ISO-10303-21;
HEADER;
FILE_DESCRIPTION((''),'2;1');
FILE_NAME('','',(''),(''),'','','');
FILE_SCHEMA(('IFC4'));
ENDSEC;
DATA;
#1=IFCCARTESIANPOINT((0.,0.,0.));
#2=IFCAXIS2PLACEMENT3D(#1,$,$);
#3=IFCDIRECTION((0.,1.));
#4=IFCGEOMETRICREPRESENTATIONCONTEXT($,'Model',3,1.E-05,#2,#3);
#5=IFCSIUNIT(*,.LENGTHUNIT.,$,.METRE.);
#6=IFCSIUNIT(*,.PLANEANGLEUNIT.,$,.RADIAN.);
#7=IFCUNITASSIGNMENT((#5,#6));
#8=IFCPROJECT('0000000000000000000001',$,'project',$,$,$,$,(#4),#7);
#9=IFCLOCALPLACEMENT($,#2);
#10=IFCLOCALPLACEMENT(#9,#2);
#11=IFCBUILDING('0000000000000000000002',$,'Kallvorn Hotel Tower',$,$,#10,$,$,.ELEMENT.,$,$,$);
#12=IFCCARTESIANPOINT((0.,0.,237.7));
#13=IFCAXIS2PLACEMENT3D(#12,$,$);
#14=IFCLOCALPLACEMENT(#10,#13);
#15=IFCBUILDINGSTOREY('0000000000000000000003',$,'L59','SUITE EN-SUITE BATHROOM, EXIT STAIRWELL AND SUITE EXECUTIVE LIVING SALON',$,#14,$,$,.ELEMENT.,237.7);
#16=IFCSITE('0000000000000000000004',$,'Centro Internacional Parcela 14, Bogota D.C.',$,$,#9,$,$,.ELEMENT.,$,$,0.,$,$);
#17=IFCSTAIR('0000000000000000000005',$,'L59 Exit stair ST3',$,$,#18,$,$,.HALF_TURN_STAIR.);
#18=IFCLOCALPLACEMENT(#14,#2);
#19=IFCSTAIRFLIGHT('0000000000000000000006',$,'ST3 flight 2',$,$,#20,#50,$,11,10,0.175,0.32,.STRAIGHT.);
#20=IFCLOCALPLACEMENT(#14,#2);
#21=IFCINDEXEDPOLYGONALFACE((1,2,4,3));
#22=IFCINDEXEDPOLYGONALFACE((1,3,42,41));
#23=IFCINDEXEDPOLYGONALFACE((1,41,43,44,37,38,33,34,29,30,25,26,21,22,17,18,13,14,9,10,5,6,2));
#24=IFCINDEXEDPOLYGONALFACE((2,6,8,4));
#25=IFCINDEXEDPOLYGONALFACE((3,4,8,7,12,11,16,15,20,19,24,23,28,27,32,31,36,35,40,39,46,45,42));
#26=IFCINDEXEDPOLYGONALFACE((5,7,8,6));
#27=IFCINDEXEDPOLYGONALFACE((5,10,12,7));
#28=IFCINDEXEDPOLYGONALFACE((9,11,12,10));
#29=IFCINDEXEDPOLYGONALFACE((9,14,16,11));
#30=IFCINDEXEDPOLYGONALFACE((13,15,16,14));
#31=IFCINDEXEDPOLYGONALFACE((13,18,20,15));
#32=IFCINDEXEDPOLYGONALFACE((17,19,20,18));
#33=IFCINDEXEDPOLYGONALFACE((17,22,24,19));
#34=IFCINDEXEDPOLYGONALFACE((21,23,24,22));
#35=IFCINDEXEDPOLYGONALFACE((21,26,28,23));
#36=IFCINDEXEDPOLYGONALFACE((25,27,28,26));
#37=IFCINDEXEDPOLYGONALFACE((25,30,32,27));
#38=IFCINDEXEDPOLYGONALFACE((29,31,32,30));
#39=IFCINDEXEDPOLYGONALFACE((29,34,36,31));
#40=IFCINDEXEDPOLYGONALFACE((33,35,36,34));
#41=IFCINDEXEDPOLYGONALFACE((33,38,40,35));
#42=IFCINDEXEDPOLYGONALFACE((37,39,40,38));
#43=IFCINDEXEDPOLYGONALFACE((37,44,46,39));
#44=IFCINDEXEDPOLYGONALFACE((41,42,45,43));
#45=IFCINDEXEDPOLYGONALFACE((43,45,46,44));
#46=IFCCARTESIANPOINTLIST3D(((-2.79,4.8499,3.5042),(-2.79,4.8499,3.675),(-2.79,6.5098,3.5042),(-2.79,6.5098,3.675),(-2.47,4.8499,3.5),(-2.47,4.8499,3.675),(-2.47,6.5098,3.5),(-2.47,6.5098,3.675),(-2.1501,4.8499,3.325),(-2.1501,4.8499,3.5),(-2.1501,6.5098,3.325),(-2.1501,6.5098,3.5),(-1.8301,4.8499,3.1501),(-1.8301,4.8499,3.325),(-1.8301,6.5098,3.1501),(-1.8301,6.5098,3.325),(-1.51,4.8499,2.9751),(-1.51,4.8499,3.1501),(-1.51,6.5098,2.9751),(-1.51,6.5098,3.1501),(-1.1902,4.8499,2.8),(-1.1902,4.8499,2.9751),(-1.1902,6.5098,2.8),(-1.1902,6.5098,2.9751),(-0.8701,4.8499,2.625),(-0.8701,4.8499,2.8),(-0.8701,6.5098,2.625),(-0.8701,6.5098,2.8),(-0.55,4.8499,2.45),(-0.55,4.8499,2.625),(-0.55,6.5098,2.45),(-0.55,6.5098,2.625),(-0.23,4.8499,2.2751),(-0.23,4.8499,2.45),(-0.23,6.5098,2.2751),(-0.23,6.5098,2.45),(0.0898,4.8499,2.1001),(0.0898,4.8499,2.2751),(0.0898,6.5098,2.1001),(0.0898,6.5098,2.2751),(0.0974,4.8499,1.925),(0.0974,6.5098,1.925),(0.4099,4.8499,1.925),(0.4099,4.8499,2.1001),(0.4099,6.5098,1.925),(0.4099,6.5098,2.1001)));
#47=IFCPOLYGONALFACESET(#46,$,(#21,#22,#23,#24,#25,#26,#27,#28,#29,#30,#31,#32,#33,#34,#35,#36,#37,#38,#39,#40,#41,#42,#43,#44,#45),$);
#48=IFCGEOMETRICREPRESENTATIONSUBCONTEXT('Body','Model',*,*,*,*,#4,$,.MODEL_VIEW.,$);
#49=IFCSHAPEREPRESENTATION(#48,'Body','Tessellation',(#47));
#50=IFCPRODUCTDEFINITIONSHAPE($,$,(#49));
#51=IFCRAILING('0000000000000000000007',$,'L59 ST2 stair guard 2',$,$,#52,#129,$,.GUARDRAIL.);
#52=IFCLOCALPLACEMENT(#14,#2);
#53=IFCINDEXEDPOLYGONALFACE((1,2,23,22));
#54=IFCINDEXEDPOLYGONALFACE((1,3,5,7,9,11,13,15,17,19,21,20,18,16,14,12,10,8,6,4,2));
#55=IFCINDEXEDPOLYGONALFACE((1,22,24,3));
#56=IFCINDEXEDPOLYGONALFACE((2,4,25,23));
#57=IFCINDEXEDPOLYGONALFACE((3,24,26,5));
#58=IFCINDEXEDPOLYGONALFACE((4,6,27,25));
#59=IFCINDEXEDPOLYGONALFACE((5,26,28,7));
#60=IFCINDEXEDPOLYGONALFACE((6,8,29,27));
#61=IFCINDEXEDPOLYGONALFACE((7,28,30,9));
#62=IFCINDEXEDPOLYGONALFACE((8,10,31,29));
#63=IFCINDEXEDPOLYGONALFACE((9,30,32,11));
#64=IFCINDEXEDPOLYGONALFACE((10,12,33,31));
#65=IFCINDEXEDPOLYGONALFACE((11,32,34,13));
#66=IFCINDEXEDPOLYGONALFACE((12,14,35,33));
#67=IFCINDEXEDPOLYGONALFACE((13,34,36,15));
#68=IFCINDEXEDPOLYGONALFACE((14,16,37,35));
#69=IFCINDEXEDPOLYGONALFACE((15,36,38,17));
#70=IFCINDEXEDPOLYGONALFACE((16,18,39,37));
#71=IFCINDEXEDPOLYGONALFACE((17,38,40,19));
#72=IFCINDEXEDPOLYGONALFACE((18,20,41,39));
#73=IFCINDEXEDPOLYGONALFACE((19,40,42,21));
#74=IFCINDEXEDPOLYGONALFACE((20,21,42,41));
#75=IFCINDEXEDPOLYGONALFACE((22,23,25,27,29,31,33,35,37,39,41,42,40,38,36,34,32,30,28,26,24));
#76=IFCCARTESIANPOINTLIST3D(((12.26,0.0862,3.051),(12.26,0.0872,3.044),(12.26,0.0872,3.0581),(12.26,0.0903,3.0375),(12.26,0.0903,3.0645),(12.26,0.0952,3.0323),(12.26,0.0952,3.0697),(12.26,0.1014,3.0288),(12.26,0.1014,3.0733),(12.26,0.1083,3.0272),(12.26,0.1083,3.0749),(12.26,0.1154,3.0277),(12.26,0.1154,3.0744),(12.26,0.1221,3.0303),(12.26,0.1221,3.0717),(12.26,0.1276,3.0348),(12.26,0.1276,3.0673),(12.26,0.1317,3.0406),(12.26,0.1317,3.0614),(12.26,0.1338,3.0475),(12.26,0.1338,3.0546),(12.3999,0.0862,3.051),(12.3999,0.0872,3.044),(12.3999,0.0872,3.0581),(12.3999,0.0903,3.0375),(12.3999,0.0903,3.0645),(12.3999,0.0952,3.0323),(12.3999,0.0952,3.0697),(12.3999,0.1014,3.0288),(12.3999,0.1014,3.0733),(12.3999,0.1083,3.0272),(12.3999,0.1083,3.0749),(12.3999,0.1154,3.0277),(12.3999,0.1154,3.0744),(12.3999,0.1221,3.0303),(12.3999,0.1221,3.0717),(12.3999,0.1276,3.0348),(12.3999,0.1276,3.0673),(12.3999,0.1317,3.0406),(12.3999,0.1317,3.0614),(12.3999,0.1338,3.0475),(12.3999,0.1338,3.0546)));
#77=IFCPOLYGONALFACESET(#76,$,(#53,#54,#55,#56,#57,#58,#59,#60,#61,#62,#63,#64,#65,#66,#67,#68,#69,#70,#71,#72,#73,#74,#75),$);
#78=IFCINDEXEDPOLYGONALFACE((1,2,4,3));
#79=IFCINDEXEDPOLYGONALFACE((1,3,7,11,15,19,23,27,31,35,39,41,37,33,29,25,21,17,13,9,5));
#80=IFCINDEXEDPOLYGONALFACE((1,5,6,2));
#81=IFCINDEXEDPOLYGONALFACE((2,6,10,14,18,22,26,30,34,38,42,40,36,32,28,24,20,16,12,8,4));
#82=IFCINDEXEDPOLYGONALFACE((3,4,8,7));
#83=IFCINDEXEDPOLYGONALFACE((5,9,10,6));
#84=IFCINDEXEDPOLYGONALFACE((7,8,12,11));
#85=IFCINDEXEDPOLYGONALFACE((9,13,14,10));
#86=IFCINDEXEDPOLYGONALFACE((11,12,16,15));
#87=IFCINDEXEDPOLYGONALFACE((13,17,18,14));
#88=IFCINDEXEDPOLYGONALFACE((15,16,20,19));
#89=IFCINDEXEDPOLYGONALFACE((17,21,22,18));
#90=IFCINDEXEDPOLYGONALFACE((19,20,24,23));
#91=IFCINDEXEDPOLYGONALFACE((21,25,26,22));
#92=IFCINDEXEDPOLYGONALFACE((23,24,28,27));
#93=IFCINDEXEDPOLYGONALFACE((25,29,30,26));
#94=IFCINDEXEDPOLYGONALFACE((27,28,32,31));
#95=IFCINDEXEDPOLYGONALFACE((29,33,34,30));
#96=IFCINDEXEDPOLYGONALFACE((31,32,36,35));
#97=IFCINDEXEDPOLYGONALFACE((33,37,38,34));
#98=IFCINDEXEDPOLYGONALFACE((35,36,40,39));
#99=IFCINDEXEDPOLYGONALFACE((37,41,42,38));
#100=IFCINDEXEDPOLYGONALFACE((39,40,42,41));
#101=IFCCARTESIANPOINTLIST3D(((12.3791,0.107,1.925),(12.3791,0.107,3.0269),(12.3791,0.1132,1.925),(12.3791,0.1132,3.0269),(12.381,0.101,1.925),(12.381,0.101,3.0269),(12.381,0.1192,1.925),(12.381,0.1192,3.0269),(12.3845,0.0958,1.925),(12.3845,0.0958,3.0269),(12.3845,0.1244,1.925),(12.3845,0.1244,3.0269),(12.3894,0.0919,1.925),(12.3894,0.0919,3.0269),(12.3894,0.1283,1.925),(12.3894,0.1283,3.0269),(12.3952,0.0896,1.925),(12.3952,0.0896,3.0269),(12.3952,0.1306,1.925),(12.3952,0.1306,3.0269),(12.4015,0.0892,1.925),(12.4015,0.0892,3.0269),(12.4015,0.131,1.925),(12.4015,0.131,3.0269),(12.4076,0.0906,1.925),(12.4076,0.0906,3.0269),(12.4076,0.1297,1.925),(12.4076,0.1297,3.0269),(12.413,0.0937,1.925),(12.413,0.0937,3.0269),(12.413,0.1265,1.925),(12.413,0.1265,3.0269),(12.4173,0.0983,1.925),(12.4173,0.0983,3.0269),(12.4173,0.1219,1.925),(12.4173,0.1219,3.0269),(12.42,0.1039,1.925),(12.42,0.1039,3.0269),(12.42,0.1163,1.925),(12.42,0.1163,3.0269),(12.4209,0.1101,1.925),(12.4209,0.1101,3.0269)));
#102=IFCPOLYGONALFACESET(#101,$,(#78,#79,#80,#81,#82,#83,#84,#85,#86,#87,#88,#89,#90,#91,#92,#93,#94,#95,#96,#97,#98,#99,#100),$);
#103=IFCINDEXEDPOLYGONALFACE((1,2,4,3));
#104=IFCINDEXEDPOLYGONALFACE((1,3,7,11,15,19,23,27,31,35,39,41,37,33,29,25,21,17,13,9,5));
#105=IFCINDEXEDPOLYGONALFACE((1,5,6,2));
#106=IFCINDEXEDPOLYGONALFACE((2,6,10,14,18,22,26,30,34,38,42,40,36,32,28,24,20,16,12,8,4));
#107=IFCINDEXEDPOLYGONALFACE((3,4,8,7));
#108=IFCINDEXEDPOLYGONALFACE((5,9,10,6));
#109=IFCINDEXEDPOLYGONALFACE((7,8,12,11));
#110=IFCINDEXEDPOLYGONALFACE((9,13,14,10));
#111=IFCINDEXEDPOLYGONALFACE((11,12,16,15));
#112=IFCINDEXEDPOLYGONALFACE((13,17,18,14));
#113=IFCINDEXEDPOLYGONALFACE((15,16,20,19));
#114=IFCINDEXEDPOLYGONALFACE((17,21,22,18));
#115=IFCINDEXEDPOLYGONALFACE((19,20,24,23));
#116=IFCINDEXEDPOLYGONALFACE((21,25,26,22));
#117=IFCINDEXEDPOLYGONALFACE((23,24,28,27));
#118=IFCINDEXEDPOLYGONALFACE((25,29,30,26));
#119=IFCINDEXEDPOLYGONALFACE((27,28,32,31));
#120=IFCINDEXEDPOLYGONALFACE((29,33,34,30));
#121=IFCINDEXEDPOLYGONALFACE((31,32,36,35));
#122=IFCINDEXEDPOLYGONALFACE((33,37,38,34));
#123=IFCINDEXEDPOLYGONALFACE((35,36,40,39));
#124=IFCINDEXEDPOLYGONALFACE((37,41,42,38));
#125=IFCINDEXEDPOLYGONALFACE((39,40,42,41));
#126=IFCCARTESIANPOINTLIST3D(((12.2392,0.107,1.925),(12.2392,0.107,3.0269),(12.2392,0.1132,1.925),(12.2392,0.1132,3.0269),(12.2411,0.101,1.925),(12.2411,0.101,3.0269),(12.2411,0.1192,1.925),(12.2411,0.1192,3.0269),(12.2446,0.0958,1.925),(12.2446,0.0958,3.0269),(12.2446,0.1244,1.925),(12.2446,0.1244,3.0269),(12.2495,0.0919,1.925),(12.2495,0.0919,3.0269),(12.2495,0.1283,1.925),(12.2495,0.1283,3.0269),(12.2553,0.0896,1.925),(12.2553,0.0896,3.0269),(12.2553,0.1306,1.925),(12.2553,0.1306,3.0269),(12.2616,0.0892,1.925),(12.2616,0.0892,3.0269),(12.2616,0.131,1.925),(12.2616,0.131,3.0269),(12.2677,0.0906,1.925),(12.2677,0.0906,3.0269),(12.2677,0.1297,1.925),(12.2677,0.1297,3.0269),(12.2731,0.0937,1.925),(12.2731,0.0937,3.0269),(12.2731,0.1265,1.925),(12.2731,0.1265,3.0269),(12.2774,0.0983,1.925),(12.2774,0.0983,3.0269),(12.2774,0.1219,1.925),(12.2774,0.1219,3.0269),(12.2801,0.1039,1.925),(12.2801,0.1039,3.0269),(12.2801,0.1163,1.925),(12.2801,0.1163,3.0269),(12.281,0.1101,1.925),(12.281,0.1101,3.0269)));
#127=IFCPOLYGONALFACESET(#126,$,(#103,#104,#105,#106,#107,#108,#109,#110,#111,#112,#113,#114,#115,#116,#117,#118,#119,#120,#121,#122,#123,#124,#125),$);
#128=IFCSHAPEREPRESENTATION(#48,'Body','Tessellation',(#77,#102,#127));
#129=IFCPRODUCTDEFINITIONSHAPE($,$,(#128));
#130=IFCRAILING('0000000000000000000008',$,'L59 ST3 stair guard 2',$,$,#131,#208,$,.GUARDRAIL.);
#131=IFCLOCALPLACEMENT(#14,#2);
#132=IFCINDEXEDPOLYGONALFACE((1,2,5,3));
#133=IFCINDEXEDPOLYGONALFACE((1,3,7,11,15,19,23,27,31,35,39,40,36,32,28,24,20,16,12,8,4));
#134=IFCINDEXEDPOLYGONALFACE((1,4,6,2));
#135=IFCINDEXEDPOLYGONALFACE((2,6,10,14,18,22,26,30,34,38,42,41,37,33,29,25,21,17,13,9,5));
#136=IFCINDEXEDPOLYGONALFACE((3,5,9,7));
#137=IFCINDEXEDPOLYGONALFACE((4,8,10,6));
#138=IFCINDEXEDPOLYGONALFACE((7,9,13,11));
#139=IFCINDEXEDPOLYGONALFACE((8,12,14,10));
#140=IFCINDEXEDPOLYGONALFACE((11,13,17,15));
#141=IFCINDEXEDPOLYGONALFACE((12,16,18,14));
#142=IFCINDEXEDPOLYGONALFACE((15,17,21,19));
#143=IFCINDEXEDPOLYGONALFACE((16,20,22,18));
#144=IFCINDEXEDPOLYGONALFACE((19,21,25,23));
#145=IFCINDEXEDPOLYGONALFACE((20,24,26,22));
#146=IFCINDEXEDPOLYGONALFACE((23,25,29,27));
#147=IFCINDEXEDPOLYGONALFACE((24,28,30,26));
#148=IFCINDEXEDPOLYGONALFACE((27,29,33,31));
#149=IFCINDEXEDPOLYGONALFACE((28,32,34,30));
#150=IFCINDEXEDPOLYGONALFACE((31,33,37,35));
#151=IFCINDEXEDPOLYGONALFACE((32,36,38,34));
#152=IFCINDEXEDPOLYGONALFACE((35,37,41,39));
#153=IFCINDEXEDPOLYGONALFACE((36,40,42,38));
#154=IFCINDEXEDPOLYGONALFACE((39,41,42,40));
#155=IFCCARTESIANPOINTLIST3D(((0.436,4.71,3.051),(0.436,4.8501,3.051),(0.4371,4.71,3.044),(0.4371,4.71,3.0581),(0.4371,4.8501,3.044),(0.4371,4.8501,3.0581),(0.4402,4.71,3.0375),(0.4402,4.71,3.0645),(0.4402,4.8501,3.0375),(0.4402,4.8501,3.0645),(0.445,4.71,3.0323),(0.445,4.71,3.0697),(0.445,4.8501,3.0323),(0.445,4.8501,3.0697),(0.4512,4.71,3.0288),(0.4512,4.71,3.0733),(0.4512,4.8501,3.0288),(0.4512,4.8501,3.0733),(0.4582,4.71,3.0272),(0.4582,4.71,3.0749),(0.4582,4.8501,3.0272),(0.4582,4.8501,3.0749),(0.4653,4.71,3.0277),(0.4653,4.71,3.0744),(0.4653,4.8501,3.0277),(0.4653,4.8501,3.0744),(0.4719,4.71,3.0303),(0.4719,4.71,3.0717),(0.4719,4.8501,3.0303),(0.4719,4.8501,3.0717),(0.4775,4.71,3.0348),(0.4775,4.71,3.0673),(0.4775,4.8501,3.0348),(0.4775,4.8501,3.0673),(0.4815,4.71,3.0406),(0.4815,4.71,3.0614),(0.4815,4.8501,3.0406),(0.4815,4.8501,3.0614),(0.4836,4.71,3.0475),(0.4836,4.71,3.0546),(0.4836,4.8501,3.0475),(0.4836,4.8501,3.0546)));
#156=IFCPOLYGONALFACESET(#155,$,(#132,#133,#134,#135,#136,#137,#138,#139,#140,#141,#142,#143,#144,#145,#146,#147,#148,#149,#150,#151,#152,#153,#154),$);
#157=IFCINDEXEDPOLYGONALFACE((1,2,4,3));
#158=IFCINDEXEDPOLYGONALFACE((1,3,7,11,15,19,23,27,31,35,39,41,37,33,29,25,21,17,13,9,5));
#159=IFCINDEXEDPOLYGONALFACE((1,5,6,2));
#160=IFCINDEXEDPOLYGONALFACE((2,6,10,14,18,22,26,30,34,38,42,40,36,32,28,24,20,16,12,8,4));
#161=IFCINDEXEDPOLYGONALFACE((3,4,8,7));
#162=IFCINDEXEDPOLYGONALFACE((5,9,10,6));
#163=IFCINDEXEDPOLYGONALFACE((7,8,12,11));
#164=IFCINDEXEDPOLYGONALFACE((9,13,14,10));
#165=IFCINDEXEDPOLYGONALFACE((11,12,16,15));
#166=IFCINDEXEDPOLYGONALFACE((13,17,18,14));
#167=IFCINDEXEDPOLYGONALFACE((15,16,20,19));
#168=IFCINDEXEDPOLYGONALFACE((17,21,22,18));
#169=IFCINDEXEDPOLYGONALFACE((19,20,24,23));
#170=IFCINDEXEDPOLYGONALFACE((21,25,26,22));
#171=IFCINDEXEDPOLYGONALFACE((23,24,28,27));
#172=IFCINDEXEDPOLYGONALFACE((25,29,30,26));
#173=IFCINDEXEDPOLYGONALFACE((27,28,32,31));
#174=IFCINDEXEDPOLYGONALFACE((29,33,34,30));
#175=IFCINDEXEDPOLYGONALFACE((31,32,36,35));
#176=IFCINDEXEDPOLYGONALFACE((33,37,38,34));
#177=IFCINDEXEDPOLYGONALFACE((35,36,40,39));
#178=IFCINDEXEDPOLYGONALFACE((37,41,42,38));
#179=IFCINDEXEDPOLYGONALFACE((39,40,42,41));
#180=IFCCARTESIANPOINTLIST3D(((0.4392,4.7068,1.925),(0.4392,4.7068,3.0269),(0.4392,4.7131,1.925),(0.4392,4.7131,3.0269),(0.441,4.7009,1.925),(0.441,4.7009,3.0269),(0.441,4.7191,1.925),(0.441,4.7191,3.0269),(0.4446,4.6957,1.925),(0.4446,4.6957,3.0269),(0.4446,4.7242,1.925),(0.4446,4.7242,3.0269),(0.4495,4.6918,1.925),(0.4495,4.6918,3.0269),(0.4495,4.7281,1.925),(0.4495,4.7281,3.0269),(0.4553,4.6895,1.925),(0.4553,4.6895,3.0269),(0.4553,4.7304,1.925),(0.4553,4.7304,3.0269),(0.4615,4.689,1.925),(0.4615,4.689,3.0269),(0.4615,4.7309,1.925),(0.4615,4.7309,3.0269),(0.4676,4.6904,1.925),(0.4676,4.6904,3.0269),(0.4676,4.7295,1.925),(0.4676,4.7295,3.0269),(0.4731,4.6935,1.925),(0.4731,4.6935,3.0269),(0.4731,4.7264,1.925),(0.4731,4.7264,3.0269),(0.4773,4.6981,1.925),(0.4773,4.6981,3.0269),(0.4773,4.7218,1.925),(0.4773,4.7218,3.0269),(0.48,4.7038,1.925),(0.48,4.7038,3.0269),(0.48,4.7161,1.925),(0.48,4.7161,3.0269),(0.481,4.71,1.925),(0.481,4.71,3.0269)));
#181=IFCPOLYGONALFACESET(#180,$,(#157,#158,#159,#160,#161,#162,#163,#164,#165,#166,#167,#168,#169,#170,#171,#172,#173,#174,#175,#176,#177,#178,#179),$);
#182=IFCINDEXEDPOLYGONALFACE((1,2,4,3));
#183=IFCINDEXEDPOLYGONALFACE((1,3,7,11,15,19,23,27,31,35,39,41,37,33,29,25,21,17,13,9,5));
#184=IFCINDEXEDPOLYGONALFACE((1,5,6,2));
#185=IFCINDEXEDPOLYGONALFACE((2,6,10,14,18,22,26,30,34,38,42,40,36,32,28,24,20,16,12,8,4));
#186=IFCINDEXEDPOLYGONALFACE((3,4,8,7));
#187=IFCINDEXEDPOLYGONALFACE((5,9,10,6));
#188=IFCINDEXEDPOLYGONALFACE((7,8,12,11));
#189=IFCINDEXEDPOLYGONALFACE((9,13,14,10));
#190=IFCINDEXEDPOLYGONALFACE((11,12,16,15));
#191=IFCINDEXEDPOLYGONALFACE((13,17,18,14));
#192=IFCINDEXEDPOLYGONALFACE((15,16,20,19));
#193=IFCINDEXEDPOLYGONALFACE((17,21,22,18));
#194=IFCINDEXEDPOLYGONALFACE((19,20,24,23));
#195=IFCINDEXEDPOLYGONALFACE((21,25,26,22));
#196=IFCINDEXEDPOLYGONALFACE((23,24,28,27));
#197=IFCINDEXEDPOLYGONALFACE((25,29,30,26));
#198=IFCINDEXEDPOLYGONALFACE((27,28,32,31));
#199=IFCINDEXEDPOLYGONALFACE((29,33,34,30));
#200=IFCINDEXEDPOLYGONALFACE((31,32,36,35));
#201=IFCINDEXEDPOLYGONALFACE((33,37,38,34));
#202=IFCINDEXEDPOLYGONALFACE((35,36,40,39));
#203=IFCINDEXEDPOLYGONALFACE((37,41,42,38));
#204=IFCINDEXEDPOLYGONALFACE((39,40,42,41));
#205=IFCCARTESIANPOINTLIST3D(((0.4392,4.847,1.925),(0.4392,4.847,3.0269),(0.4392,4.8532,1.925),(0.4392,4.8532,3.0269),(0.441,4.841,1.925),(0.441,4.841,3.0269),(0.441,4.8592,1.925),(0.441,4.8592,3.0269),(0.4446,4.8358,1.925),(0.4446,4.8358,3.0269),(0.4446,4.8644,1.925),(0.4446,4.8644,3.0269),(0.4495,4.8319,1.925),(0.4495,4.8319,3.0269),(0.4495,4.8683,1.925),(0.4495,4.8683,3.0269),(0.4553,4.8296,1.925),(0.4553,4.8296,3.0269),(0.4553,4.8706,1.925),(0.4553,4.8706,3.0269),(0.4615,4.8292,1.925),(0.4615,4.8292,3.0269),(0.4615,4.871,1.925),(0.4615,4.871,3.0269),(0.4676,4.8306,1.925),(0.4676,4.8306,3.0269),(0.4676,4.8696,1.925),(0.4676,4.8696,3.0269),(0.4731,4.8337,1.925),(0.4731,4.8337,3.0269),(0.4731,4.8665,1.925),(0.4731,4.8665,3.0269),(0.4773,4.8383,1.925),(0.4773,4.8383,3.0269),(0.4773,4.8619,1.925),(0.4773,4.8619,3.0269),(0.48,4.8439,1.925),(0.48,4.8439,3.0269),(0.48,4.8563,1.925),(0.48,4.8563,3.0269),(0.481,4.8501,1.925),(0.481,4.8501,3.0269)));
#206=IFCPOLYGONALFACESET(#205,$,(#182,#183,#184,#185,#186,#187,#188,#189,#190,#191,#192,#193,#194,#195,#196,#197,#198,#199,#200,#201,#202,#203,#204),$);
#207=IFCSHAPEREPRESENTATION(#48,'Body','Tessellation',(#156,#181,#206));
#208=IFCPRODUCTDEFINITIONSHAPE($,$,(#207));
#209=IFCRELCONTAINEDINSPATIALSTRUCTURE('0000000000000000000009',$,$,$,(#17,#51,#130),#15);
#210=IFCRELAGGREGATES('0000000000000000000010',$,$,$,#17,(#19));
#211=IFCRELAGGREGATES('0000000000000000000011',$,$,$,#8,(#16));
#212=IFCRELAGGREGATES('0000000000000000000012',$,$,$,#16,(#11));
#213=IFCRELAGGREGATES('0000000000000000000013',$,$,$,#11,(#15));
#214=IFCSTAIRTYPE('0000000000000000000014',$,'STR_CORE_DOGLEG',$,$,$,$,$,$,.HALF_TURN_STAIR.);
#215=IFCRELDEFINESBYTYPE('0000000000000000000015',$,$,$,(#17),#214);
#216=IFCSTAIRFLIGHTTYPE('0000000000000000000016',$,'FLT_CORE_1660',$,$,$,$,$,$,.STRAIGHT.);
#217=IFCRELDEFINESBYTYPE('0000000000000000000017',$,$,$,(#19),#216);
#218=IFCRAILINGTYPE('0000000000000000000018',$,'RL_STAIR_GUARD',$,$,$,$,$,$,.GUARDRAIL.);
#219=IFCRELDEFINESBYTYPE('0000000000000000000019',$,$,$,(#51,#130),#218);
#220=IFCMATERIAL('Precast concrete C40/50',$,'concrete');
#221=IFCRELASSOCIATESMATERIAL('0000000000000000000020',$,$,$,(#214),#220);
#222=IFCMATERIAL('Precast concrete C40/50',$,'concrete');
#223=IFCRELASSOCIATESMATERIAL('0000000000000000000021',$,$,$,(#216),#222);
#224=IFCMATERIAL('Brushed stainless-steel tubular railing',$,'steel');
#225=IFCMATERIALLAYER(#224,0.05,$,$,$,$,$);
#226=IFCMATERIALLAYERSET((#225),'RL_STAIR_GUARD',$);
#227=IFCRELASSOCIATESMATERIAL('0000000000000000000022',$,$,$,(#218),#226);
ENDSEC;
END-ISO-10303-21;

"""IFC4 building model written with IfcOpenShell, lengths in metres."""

from ifc_helpers import new_model, si_unit, direction, frame, origin, origin_2d, place, context, subcontext, project, spatial, polyline, circle, outline, extrude, material, layer, layer_set, type_object, element, aggregate, save


model = new_model("IFC4")

# Units and contexts
model_context = context("Model", 3, precision=1e-05, world=origin(), true_north=direction((0.0, 1.0)))
body_context = subcontext(model_context, "Body", "Model", "MODEL_VIEW")
ifc_project = project(units=[si_unit("LENGTHUNIT", "METRE"), si_unit("PLANEANGLEUNIT", "RADIAN")], contexts=[model_context])

# Site, building, storey
site_placement = place(None, origin())
site = spatial("IfcSite", under=ifc_project, at=site_placement, Name="Centro Internacional Parcela 14, Bogota D.C.", CompositionType="ELEMENT", RefElevation=0.0)
building_placement = place(site_placement, origin())
building = spatial("IfcBuilding", under=site, at=building_placement, Name="Kallvorn Hotel Tower", CompositionType="ELEMENT")
storey_placement = place(building_placement, frame((0.0, 0.0, 237.7)))
storey = spatial("IfcBuildingStorey", under=building, at=storey_placement, Name="L59", Description="SUITE EN-SUITE BATHROOM, EXIT STAIRWELL AND SUITE EXECUTIVE LIVING SALON", CompositionType="ELEMENT", Elevation=237.7)

# Stair, stair flight
ifc_material_1 = material(Name="Precast concrete C40/50", Category="concrete")
stair_type = type_object("IfcStairType", Name="STR_CORE_DOGLEG", PredefinedType="HALF_TURN_STAIR", material=ifc_material_1)
stair_placement = place(storey_placement, origin())
stair = element("IfcStair", 1, at=stair_placement, inside=storey, type_object=stair_type, Name="L59 Exit stair ST3", PredefinedType="HALF_TURN_STAIR")
ifc_material_2 = material(Name="Precast concrete C40/50", Category="concrete")
stair_flight_type = type_object("IfcStairFlightType", Name="FLT_CORE_1660", PredefinedType="STRAIGHT", material=ifc_material_2)
stair_flight_placement = place(storey_placement, frame((0.4099, 5.6799, 1.925), z_axis=(0.0, 0.0, 1.0), x_axis=(-1.0, 0.0, 0.0)))
stair_flight = element("IfcStairFlight", 2, at=stair_flight_placement, type_object=stair_flight_type, Name="ST3 flight 2", NumberOfRisers=11, NumberOfTreads=10, PredefinedType="STRAIGHT", RiserHeight=0.175, TreadLength=0.32, context=body_context, shape_type="SweptSolid", body=[
    extrude(outline(polyline([(0.0, 0.0), (0.0, 0.175), (0.3201, 0.175), (0.3201, 0.3501), (0.6399, 0.3501), (0.6399, 0.5249), (0.96, 0.5249), (0.96, 0.7), (1.28, 0.7), (1.28, 0.875), (1.6001, 0.875), (1.6001, 1.05), (1.9199, 1.05), (1.9199, 1.2251), (2.24, 1.2251), (2.24, 1.3999), (2.5601, 1.3999), (2.5601, 1.575), (2.8799, 1.575), (2.8799, 1.75), (3.2, 1.75), (3.2, 1.925), (3.2, 1.5791), (0.3125, 0.0), (0.0, 0.0)])), frame((0.0, 0.8301, 0.0), z_axis=(0.0, -1.0, 0.0), x_axis=(1.0, 0.0, 0.0)), (0.0, 0.0, 1.0), 1.6599),
])
aggregate(stair, [stair_flight])

# Railings
ifc_material_3 = material(Name="Brushed stainless-steel tubular railing", Category="steel")
ifc_layer_1 = layer(ifc_material_3, 0.05)
ifc_layer_set_1 = layer_set([ifc_layer_1], Name="RL_STAIR_GUARD")
railing_type_1 = type_object("IfcRailingType", Name="RL_STAIR_GUARD", PredefinedType="GUARDRAIL", material=ifc_layer_set_1)
railing_1_placement = place(storey_placement, frame((12.3999, 0.1101, 1.925)))
element("IfcRailing", 3, at=railing_1_placement, inside=storey, type_object=railing_type_1, Name="L59 ST2 stair guard 2", PredefinedType="GUARDRAIL", context=body_context, shape_type="SweptSolid", body=[
    extrude(circle(Radius=0.0239, at=origin_2d()), frame((0.0, 0.0, 1.126), z_axis=(-1.0, 0.0, 0.0), x_axis=(0.0, -1.0, 0.0)), (0.0, 0.0, 1.0), 0.1399),
    extrude(circle(Radius=0.021, at=origin_2d()), origin(), (0.0, 0.0, 1.0), 1.1018),
    extrude(circle(Radius=0.021, at=origin_2d()), frame((-0.1399, 0.0, 0.0)), (0.0, 0.0, 1.0), 1.1018),
])
railing_2_placement = place(storey_placement, frame((0.46, 4.71, 1.925)))
element("IfcRailing", 4, at=railing_2_placement, inside=storey, type_object=railing_type_1, Name="L59 ST3 stair guard 2", PredefinedType="GUARDRAIL", context=body_context, shape_type="SweptSolid", body=[
    extrude(circle(Radius=0.0239, at=origin_2d()), frame((0.0, 0.0, 1.126), z_axis=(0.0, 1.0, 0.0), x_axis=(-1.0, 0.0, 0.0)), (0.0, 0.0, 1.0), 0.1401),
    extrude(circle(Radius=0.021, at=origin_2d()), origin(), (0.0, 0.0, 1.0), 1.1018),
    extrude(circle(Radius=0.021, at=origin_2d()), frame((0.0, 0.1401, 0.0)), (0.0, 0.0, 1.0), 1.1018),
])

save(model, "model.ifc")
